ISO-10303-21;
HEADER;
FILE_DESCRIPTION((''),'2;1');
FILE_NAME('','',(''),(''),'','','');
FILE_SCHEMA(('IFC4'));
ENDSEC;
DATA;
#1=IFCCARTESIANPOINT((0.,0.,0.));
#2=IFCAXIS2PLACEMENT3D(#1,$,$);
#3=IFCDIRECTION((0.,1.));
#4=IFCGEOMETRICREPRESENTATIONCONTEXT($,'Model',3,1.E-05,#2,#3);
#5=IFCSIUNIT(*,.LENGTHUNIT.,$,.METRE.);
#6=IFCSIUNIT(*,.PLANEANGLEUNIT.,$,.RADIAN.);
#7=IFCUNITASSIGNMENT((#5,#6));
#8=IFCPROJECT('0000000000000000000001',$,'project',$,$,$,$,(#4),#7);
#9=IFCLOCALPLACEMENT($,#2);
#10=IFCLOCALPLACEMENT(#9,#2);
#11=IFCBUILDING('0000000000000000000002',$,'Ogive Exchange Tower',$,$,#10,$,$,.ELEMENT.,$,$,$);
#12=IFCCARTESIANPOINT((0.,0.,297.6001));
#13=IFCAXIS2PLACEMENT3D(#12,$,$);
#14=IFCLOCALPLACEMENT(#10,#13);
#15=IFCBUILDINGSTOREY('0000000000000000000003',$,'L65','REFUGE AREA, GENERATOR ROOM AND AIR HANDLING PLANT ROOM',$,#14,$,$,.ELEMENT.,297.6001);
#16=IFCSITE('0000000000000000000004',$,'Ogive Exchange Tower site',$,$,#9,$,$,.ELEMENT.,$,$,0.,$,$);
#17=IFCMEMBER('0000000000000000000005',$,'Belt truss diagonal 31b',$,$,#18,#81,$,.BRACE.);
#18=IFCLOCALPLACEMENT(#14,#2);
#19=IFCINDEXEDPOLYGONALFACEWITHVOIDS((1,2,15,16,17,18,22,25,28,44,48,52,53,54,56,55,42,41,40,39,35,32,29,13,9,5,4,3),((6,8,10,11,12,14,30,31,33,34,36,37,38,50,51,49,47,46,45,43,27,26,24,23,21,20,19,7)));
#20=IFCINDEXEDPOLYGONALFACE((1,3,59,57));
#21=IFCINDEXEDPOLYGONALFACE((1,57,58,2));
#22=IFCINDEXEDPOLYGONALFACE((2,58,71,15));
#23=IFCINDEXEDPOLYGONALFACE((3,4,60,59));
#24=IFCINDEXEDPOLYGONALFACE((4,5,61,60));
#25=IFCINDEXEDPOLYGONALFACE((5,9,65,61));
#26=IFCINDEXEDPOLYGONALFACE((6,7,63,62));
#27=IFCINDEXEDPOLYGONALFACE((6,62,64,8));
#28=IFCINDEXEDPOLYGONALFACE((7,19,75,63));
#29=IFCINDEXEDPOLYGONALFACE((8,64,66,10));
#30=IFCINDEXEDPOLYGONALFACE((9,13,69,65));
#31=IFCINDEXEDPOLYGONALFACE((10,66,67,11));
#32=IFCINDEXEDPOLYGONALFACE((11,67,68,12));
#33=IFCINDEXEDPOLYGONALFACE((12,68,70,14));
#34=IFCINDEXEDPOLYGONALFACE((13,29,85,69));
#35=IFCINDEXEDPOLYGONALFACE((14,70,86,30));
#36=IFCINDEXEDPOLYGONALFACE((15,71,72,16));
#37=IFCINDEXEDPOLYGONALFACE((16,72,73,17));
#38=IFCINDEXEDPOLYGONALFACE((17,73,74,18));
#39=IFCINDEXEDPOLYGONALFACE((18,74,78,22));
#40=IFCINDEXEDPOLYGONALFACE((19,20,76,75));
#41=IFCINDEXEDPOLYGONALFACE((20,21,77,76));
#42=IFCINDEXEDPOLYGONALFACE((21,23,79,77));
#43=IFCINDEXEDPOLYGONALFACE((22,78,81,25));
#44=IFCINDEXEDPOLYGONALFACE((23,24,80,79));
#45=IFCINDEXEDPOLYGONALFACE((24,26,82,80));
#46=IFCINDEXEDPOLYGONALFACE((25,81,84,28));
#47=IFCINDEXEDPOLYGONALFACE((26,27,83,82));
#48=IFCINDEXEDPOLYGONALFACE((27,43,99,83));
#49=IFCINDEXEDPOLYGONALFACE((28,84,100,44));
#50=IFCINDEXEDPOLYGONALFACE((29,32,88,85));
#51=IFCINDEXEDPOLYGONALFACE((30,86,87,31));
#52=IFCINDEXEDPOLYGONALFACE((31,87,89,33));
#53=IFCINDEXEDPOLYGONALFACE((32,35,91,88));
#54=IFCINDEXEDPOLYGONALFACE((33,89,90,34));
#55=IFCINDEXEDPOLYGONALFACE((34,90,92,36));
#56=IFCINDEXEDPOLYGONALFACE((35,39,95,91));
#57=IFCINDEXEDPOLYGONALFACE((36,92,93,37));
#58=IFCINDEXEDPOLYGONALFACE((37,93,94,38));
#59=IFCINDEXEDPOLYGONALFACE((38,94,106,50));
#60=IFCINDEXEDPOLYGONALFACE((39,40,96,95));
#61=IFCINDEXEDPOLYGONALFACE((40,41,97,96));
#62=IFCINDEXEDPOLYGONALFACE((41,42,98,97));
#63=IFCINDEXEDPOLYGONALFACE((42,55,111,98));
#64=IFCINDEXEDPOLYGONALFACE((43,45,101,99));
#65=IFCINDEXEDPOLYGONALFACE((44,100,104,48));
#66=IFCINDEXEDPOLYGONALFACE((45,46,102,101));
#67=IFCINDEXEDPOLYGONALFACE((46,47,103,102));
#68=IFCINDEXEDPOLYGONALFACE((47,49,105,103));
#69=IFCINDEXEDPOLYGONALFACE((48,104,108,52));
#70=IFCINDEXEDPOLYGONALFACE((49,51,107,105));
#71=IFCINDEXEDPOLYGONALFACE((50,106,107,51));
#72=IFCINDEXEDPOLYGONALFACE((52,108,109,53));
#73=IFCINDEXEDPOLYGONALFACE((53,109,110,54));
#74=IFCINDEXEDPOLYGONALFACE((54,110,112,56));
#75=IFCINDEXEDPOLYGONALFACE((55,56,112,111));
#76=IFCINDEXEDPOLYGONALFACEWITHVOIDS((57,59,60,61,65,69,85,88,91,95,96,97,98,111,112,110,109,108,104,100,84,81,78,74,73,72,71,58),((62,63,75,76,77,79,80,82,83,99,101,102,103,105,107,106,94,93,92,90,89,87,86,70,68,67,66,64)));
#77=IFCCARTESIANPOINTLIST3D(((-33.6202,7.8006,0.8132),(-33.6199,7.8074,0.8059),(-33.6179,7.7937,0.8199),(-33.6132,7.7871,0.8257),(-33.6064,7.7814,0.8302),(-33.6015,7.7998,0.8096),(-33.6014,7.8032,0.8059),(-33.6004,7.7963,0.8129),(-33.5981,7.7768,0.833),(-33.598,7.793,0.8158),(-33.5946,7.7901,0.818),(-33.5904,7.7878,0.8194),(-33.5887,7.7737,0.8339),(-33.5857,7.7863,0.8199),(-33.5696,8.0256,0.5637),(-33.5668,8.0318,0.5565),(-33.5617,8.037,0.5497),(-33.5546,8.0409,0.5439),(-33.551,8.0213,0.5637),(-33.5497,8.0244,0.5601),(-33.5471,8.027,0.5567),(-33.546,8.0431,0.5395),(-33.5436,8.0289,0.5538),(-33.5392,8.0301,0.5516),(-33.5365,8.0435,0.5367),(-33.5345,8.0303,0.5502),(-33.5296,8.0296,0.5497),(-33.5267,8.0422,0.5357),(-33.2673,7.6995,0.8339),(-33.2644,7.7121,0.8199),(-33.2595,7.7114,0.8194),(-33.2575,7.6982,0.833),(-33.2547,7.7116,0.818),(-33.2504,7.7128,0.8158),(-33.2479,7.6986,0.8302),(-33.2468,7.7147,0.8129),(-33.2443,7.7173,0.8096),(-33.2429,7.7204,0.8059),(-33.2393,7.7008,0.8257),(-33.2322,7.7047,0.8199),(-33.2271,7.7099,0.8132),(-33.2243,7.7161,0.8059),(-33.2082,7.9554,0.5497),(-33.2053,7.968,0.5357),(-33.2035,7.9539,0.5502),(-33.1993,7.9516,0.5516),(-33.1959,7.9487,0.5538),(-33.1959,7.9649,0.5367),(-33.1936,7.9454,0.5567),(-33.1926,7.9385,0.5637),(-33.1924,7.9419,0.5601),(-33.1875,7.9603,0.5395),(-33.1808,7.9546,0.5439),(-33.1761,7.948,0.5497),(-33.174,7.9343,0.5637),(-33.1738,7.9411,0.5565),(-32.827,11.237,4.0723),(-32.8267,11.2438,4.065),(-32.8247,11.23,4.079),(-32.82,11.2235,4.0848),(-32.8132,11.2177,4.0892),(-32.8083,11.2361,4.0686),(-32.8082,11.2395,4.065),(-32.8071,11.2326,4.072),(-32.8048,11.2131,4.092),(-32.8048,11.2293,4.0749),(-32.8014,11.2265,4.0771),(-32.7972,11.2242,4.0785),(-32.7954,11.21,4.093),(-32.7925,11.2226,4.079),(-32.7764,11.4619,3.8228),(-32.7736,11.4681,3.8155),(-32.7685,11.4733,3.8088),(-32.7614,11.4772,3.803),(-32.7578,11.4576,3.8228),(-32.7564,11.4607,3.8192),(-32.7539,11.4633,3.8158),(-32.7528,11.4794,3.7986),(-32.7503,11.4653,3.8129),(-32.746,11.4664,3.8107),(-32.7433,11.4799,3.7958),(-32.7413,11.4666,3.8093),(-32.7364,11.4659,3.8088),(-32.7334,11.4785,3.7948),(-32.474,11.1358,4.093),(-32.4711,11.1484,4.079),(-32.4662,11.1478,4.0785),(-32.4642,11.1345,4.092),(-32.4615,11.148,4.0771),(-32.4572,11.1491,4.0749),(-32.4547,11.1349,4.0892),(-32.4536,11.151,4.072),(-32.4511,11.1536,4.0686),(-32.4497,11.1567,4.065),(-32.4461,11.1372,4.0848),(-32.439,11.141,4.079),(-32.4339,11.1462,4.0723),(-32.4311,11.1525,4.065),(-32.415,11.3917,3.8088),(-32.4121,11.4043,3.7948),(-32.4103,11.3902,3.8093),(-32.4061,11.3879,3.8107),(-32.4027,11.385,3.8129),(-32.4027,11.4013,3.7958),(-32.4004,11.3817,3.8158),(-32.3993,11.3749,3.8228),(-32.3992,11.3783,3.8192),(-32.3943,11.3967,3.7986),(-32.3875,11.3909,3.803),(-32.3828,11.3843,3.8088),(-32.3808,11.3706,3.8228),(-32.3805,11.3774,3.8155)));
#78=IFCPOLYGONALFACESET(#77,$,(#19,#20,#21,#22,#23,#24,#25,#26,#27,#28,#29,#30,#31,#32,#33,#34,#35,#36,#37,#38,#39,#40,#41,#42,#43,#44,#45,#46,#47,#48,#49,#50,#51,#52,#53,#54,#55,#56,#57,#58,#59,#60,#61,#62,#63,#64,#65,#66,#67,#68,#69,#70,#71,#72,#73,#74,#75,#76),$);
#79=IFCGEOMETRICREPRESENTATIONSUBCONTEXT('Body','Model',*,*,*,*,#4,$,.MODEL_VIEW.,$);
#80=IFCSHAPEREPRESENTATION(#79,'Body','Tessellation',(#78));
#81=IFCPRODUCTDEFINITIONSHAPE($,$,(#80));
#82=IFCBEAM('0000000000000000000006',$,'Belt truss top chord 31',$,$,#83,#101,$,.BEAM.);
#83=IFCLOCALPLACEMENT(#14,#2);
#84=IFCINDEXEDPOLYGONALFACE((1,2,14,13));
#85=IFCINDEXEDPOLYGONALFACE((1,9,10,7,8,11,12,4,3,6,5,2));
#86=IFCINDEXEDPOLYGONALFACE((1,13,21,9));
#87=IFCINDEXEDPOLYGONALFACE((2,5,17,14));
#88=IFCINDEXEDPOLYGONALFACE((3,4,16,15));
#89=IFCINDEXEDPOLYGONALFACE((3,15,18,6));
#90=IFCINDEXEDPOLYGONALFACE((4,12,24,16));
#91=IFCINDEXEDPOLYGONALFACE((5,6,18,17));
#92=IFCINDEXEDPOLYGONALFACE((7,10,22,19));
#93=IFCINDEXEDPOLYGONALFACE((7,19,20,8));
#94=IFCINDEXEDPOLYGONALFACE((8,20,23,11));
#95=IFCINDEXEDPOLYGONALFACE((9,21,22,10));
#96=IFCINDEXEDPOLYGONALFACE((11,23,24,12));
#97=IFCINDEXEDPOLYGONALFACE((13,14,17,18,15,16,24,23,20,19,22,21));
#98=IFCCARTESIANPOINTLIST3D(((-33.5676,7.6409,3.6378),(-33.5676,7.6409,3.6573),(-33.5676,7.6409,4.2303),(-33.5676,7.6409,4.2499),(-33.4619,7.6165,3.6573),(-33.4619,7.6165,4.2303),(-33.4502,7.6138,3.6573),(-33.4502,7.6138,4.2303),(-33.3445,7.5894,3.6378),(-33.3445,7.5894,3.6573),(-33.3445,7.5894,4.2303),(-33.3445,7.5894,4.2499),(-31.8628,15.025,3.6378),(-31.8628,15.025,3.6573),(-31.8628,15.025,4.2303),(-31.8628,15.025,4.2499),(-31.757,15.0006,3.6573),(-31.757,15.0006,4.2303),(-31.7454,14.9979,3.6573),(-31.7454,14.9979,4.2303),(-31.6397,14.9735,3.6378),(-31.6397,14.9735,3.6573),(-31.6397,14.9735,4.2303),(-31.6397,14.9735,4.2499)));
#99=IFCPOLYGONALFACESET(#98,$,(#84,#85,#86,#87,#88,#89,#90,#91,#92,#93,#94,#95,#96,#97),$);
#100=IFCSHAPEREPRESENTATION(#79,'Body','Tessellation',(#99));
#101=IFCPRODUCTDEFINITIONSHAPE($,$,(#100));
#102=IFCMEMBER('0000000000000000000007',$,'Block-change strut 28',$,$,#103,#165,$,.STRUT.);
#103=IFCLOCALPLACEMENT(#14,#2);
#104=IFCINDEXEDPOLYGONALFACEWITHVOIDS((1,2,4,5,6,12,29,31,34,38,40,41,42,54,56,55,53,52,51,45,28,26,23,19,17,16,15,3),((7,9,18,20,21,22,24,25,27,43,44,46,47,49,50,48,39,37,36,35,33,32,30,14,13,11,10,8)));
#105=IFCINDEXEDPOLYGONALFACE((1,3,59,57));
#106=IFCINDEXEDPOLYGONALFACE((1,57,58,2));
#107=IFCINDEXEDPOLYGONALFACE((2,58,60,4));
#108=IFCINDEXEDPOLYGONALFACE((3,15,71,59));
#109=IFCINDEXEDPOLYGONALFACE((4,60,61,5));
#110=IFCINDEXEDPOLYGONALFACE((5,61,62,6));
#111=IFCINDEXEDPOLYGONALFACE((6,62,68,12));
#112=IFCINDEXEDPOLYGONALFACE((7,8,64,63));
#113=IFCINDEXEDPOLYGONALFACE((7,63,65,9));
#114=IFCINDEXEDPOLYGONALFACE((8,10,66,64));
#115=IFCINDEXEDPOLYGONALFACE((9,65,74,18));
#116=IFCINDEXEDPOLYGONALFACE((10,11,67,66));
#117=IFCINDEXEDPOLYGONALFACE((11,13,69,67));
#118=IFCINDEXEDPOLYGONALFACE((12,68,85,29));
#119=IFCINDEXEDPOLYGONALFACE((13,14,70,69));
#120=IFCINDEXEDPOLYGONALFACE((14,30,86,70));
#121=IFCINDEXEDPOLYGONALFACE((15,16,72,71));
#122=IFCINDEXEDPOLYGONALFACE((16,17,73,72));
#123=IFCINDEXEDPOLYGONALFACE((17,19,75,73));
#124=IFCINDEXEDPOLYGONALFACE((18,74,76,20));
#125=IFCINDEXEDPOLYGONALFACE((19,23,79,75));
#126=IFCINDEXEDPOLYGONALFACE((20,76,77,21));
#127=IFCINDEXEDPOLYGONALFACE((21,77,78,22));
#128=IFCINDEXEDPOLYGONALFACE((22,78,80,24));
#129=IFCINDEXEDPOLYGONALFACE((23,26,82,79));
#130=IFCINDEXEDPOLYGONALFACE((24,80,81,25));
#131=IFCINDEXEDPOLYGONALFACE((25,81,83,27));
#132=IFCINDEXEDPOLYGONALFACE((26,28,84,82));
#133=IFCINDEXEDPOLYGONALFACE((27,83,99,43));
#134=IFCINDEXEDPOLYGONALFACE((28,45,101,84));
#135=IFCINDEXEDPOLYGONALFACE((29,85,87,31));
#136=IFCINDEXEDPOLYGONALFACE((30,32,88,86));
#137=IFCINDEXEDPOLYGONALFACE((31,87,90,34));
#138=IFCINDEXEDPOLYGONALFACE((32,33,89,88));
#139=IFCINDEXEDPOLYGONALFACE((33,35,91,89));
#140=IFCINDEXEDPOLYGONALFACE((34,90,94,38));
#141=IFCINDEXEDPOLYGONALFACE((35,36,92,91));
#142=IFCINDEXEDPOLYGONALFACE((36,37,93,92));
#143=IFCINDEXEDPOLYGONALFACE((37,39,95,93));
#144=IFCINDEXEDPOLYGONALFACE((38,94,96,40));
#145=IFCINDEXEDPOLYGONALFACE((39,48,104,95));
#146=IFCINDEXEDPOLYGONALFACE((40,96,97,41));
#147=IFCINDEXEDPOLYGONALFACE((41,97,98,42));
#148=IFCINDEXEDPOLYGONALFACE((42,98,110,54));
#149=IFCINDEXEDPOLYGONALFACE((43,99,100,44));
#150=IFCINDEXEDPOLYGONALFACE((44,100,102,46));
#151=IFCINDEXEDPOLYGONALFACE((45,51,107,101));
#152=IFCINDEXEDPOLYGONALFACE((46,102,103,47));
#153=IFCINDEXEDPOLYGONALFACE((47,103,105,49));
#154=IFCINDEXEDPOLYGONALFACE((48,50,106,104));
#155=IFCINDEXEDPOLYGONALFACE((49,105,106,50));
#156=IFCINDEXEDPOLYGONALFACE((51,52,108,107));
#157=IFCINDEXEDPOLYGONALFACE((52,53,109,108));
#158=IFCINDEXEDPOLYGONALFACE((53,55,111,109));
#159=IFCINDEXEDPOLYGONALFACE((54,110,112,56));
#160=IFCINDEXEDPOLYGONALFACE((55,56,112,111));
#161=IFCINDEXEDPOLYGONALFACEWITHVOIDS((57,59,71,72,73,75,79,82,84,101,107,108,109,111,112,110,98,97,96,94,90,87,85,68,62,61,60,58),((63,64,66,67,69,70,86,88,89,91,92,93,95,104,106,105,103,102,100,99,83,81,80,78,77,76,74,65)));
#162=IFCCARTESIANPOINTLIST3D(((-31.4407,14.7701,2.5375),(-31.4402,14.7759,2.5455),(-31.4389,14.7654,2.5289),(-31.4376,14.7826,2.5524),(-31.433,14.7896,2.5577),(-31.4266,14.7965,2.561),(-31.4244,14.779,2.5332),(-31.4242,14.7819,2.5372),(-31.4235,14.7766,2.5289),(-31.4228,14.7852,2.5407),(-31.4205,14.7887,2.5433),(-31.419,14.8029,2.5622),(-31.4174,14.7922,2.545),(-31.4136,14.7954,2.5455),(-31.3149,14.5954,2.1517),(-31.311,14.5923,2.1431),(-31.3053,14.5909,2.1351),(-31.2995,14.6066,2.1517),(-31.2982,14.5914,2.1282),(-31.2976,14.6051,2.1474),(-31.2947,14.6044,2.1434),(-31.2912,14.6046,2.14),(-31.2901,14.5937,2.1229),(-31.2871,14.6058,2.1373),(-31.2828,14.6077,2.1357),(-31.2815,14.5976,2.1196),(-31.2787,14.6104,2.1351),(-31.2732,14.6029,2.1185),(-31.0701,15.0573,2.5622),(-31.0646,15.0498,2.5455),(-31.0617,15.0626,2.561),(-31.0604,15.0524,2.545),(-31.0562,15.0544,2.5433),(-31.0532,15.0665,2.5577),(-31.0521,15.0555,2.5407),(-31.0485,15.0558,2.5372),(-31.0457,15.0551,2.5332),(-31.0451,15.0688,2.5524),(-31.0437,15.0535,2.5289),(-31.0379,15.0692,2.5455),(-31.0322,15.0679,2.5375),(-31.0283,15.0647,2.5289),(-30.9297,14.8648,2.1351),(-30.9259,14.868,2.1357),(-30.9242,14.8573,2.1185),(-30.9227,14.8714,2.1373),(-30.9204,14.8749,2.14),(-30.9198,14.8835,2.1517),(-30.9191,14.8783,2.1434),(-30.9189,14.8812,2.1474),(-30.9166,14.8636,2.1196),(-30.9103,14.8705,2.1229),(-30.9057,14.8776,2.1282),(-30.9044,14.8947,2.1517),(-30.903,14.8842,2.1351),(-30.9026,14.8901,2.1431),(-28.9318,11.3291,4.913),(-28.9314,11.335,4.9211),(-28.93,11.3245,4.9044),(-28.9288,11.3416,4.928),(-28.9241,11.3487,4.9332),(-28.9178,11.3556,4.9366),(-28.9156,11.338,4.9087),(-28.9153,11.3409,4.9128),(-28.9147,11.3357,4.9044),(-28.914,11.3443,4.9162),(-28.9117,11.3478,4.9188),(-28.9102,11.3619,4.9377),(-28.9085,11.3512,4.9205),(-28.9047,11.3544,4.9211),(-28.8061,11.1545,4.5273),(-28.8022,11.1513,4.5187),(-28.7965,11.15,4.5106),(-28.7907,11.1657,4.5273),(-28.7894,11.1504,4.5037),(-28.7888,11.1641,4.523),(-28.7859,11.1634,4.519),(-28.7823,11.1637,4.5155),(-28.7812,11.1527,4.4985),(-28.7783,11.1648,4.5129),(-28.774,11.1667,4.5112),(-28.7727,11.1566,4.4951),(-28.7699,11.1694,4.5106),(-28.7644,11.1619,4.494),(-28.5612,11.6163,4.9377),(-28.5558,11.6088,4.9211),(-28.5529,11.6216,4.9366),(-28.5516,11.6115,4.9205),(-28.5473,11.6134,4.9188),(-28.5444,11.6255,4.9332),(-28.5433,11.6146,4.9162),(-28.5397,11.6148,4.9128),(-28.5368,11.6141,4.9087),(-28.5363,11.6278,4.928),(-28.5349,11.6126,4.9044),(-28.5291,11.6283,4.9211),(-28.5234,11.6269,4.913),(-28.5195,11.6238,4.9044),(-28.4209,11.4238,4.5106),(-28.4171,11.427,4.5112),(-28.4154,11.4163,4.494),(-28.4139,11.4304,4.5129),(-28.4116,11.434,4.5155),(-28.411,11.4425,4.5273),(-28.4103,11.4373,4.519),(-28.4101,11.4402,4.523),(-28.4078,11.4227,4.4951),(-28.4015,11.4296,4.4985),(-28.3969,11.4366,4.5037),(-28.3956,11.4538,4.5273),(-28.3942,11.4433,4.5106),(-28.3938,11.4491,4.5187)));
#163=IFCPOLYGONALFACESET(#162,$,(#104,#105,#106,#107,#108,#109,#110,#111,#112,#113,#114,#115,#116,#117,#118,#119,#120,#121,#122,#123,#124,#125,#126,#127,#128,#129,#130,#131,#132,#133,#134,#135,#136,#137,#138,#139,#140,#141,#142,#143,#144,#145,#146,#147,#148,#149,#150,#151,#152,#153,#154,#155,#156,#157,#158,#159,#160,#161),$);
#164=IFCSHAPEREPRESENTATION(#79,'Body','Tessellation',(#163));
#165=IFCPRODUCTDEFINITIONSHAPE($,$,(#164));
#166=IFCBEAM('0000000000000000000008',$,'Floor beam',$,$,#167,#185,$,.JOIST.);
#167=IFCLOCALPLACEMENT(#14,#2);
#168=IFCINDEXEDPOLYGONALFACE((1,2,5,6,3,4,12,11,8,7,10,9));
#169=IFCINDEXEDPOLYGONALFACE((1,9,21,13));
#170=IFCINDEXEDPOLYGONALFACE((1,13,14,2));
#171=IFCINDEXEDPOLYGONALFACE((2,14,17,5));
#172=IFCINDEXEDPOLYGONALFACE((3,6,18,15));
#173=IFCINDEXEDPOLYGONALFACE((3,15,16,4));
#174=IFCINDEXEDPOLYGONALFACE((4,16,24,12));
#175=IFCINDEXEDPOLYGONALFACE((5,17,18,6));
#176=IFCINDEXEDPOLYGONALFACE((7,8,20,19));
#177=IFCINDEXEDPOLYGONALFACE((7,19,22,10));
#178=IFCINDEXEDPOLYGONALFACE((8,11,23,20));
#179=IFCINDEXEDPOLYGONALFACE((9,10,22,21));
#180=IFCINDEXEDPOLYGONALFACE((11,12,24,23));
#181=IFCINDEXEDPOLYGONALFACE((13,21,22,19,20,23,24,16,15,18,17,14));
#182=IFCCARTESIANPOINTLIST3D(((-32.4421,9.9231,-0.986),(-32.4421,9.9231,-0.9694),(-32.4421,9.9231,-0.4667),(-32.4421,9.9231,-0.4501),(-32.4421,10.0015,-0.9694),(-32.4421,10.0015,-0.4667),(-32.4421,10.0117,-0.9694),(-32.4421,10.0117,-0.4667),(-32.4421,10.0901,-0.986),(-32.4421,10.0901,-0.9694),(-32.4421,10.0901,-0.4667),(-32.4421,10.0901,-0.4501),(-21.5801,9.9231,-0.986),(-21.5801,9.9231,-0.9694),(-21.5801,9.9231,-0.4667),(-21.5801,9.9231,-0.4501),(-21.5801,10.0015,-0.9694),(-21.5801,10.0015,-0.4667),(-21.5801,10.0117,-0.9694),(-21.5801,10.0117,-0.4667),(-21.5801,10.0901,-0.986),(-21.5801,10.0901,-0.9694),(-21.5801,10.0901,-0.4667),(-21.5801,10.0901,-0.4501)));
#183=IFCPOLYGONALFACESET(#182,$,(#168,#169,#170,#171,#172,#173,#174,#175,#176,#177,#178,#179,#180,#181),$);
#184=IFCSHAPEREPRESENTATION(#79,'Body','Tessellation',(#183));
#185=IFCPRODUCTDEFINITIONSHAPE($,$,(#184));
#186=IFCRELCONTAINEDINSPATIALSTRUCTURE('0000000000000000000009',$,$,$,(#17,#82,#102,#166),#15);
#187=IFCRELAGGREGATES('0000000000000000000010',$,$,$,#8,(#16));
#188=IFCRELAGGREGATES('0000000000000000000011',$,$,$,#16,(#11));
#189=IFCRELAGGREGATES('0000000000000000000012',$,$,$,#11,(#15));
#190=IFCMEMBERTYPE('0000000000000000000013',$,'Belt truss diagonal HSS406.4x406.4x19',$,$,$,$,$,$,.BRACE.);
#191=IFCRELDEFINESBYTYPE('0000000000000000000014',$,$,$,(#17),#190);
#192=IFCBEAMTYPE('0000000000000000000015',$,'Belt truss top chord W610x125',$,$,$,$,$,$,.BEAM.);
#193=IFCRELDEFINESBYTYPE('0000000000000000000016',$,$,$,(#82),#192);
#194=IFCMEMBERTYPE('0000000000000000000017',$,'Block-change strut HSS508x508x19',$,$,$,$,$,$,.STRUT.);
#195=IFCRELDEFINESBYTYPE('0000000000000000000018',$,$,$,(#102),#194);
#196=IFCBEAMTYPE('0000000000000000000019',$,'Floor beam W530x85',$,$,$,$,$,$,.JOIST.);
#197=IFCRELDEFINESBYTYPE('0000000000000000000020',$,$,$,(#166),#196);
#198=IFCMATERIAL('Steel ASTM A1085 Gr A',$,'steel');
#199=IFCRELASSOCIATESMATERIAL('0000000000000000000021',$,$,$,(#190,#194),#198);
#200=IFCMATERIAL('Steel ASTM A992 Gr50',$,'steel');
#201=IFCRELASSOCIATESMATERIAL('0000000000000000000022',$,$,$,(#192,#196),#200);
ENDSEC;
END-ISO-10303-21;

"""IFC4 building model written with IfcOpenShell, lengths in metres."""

from ifc_helpers import new_model, si_unit, direction, frame, origin, origin_2d, place, context, subcontext, project, spatial, hollow_rectangle, i_section, extrude, material, material_profile, profile_set, type_object, element, save


model = new_model("IFC4")

# Units and contexts
model_context = context("Model", 3, precision=1e-05, world=origin(), true_north=direction((0.0, 1.0)))
body_context = subcontext(model_context, "Body", "Model", "MODEL_VIEW")
ifc_project = project(units=[si_unit("LENGTHUNIT", "METRE"), si_unit("PLANEANGLEUNIT", "RADIAN")], contexts=[model_context])

# Site, building, storey
site_placement = place(None, origin())
site = spatial("IfcSite", under=ifc_project, at=site_placement, Name="Ogive Exchange Tower site", CompositionType="ELEMENT", RefElevation=0.0)
building_placement = place(site_placement, origin())
building = spatial("IfcBuilding", under=site, at=building_placement, Name="Ogive Exchange Tower", CompositionType="ELEMENT")
storey_placement = place(building_placement, frame((0.0, 0.0, 297.6001)))
storey = spatial("IfcBuildingStorey", under=building, at=storey_placement, Name="L65", Description="REFUGE AREA, GENERATOR ROOM AND AIR HANDLING PLANT ROOM", CompositionType="ELEMENT", Elevation=297.6001)

# Shared definitions
ifc_material_1 = material(Name="Steel ASTM A992 Gr50", Category="steel")

# Member
ifc_material_2 = material(Name="Steel ASTM A1085 Gr A", Category="steel")
ifc_material_profile_1 = material_profile(ifc_material_2, hollow_rectangle(XDim=0.406, YDim=0.406, WallThickness=0.019, InnerFilletRadius=0.019, OuterFilletRadius=0.0381, at=origin_2d()), Name="HSS406.4x406.4x19")
ifc_profile_set_1 = profile_set([ifc_material_profile_1], Name="Steel ASTM A1085 Gr A")
member_type_1 = type_object("IfcMemberType", Name="Belt truss diagonal HSS406.4x406.4x19", PredefinedType="BRACE", material=ifc_profile_set_1)
member_1_placement = place(storey_placement, frame((-33.397, 7.8708, 0.6848), z_axis=(0.165186, 0.715604, 0.678693), x_axis=(-0.974377, 0.22492, 0.0)))
element("IfcMember", 1, at=member_1_placement, inside=storey, type_object=member_type_1, Name="Belt truss diagonal 31b", PredefinedType="BRACE", context=body_context, shape_type="SweptSolid", body=[
    extrude(hollow_rectangle(XDim=0.406, YDim=0.406, WallThickness=0.019, InnerFilletRadius=0.019, OuterFilletRadius=0.0381, at=origin_2d()), origin(), (0.0, 0.0, 1.0), 4.802),
])

# Beam
ifc_material_profile_2 = material_profile(ifc_material_1, i_section(OverallWidth=0.229, OverallDepth=0.6121, WebThickness=0.012, FlangeThickness=0.0195, at=origin_2d()), Name="W610x125")
ifc_profile_set_2 = profile_set([ifc_material_profile_2], Name="Steel ASTM A992 Gr50")
beam_type_1 = type_object("IfcBeamType", Name="Belt truss top chord W610x125", PredefinedType="BEAM", material=ifc_profile_set_2)
beam_1_placement = place(storey_placement, frame((-31.7512, 14.9993, 3.9438), z_axis=(-0.224963, -0.974367, 0.0), x_axis=(0.974367, -0.224963, 0.0)))
element("IfcBeam", 2, at=beam_1_placement, inside=storey, type_object=beam_type_1, Name="Belt truss top chord 31", PredefinedType="BEAM", context=body_context, shape_type="SweptSolid", body=[
    extrude(i_section(OverallWidth=0.229, OverallDepth=0.6121, WebThickness=0.012, FlangeThickness=0.0195, at=origin_2d()), origin(), (0.0, 0.0, 1.0), 7.5784),
])

# Member
ifc_material_profile_3 = material_profile(ifc_material_2, hollow_rectangle(XDim=0.5081, YDim=0.5081, WallThickness=0.019, InnerFilletRadius=0.019, OuterFilletRadius=0.0381, at=origin_2d()), Name="HSS508x508x19")
ifc_profile_set_3 = profile_set([ifc_material_profile_3], Name="Steel ASTM A1085 Gr A")
member_type_2 = type_object("IfcMemberType", Name="Block-change strut HSS508x508x19", PredefinedType="STRUT", material=ifc_profile_set_3)
member_2_placement = place(storey_placement, frame((-31.1716, 14.8301, 2.3403), z_axis=(0.514502, -0.705662, 0.487164), x_axis=(0.808031, 0.589139, 0.0)))
element("IfcMember", 3, at=member_2_placement, inside=storey, type_object=member_type_2, Name="Block-change strut 28", PredefinedType="STRUT", context=body_context, shape_type="SweptSolid", body=[
    extrude(hollow_rectangle(XDim=0.5081, YDim=0.5081, WallThickness=0.019, InnerFilletRadius=0.019, OuterFilletRadius=0.0381, at=origin_2d()), origin(), (0.0, 0.0, 1.0), 4.8762),
])

# Beam
ifc_material_profile_4 = material_profile(ifc_material_1, i_section(OverallWidth=0.167, OverallDepth=0.5359, WebThickness=0.0103, FlangeThickness=0.0166, at=origin_2d()), Name="W530x85")
ifc_profile_set_4 = profile_set([ifc_material_profile_4], Name="Steel ASTM A992 Gr50")
beam_type_2 = type_object("IfcBeamType", Name="Floor beam W530x85", PredefinedType="JOIST", material=ifc_profile_set_4)
beam_2_placement = place(storey_placement, frame((-32.4421, 10.0066, -0.718), z_axis=(1.0, 0.0, 0.0), x_axis=(0.0, 1.0, 0.0)))
element("IfcBeam", 4, at=beam_2_placement, inside=storey, type_object=beam_type_2, Name="Floor beam", PredefinedType="JOIST", context=body_context, shape_type="SweptSolid", body=[
    extrude(i_section(OverallWidth=0.167, OverallDepth=0.5359, WebThickness=0.0103, FlangeThickness=0.0166, at=origin_2d()), origin(), (0.0, 0.0, 1.0), 10.8621),
])

save(model, "model.ifc")
